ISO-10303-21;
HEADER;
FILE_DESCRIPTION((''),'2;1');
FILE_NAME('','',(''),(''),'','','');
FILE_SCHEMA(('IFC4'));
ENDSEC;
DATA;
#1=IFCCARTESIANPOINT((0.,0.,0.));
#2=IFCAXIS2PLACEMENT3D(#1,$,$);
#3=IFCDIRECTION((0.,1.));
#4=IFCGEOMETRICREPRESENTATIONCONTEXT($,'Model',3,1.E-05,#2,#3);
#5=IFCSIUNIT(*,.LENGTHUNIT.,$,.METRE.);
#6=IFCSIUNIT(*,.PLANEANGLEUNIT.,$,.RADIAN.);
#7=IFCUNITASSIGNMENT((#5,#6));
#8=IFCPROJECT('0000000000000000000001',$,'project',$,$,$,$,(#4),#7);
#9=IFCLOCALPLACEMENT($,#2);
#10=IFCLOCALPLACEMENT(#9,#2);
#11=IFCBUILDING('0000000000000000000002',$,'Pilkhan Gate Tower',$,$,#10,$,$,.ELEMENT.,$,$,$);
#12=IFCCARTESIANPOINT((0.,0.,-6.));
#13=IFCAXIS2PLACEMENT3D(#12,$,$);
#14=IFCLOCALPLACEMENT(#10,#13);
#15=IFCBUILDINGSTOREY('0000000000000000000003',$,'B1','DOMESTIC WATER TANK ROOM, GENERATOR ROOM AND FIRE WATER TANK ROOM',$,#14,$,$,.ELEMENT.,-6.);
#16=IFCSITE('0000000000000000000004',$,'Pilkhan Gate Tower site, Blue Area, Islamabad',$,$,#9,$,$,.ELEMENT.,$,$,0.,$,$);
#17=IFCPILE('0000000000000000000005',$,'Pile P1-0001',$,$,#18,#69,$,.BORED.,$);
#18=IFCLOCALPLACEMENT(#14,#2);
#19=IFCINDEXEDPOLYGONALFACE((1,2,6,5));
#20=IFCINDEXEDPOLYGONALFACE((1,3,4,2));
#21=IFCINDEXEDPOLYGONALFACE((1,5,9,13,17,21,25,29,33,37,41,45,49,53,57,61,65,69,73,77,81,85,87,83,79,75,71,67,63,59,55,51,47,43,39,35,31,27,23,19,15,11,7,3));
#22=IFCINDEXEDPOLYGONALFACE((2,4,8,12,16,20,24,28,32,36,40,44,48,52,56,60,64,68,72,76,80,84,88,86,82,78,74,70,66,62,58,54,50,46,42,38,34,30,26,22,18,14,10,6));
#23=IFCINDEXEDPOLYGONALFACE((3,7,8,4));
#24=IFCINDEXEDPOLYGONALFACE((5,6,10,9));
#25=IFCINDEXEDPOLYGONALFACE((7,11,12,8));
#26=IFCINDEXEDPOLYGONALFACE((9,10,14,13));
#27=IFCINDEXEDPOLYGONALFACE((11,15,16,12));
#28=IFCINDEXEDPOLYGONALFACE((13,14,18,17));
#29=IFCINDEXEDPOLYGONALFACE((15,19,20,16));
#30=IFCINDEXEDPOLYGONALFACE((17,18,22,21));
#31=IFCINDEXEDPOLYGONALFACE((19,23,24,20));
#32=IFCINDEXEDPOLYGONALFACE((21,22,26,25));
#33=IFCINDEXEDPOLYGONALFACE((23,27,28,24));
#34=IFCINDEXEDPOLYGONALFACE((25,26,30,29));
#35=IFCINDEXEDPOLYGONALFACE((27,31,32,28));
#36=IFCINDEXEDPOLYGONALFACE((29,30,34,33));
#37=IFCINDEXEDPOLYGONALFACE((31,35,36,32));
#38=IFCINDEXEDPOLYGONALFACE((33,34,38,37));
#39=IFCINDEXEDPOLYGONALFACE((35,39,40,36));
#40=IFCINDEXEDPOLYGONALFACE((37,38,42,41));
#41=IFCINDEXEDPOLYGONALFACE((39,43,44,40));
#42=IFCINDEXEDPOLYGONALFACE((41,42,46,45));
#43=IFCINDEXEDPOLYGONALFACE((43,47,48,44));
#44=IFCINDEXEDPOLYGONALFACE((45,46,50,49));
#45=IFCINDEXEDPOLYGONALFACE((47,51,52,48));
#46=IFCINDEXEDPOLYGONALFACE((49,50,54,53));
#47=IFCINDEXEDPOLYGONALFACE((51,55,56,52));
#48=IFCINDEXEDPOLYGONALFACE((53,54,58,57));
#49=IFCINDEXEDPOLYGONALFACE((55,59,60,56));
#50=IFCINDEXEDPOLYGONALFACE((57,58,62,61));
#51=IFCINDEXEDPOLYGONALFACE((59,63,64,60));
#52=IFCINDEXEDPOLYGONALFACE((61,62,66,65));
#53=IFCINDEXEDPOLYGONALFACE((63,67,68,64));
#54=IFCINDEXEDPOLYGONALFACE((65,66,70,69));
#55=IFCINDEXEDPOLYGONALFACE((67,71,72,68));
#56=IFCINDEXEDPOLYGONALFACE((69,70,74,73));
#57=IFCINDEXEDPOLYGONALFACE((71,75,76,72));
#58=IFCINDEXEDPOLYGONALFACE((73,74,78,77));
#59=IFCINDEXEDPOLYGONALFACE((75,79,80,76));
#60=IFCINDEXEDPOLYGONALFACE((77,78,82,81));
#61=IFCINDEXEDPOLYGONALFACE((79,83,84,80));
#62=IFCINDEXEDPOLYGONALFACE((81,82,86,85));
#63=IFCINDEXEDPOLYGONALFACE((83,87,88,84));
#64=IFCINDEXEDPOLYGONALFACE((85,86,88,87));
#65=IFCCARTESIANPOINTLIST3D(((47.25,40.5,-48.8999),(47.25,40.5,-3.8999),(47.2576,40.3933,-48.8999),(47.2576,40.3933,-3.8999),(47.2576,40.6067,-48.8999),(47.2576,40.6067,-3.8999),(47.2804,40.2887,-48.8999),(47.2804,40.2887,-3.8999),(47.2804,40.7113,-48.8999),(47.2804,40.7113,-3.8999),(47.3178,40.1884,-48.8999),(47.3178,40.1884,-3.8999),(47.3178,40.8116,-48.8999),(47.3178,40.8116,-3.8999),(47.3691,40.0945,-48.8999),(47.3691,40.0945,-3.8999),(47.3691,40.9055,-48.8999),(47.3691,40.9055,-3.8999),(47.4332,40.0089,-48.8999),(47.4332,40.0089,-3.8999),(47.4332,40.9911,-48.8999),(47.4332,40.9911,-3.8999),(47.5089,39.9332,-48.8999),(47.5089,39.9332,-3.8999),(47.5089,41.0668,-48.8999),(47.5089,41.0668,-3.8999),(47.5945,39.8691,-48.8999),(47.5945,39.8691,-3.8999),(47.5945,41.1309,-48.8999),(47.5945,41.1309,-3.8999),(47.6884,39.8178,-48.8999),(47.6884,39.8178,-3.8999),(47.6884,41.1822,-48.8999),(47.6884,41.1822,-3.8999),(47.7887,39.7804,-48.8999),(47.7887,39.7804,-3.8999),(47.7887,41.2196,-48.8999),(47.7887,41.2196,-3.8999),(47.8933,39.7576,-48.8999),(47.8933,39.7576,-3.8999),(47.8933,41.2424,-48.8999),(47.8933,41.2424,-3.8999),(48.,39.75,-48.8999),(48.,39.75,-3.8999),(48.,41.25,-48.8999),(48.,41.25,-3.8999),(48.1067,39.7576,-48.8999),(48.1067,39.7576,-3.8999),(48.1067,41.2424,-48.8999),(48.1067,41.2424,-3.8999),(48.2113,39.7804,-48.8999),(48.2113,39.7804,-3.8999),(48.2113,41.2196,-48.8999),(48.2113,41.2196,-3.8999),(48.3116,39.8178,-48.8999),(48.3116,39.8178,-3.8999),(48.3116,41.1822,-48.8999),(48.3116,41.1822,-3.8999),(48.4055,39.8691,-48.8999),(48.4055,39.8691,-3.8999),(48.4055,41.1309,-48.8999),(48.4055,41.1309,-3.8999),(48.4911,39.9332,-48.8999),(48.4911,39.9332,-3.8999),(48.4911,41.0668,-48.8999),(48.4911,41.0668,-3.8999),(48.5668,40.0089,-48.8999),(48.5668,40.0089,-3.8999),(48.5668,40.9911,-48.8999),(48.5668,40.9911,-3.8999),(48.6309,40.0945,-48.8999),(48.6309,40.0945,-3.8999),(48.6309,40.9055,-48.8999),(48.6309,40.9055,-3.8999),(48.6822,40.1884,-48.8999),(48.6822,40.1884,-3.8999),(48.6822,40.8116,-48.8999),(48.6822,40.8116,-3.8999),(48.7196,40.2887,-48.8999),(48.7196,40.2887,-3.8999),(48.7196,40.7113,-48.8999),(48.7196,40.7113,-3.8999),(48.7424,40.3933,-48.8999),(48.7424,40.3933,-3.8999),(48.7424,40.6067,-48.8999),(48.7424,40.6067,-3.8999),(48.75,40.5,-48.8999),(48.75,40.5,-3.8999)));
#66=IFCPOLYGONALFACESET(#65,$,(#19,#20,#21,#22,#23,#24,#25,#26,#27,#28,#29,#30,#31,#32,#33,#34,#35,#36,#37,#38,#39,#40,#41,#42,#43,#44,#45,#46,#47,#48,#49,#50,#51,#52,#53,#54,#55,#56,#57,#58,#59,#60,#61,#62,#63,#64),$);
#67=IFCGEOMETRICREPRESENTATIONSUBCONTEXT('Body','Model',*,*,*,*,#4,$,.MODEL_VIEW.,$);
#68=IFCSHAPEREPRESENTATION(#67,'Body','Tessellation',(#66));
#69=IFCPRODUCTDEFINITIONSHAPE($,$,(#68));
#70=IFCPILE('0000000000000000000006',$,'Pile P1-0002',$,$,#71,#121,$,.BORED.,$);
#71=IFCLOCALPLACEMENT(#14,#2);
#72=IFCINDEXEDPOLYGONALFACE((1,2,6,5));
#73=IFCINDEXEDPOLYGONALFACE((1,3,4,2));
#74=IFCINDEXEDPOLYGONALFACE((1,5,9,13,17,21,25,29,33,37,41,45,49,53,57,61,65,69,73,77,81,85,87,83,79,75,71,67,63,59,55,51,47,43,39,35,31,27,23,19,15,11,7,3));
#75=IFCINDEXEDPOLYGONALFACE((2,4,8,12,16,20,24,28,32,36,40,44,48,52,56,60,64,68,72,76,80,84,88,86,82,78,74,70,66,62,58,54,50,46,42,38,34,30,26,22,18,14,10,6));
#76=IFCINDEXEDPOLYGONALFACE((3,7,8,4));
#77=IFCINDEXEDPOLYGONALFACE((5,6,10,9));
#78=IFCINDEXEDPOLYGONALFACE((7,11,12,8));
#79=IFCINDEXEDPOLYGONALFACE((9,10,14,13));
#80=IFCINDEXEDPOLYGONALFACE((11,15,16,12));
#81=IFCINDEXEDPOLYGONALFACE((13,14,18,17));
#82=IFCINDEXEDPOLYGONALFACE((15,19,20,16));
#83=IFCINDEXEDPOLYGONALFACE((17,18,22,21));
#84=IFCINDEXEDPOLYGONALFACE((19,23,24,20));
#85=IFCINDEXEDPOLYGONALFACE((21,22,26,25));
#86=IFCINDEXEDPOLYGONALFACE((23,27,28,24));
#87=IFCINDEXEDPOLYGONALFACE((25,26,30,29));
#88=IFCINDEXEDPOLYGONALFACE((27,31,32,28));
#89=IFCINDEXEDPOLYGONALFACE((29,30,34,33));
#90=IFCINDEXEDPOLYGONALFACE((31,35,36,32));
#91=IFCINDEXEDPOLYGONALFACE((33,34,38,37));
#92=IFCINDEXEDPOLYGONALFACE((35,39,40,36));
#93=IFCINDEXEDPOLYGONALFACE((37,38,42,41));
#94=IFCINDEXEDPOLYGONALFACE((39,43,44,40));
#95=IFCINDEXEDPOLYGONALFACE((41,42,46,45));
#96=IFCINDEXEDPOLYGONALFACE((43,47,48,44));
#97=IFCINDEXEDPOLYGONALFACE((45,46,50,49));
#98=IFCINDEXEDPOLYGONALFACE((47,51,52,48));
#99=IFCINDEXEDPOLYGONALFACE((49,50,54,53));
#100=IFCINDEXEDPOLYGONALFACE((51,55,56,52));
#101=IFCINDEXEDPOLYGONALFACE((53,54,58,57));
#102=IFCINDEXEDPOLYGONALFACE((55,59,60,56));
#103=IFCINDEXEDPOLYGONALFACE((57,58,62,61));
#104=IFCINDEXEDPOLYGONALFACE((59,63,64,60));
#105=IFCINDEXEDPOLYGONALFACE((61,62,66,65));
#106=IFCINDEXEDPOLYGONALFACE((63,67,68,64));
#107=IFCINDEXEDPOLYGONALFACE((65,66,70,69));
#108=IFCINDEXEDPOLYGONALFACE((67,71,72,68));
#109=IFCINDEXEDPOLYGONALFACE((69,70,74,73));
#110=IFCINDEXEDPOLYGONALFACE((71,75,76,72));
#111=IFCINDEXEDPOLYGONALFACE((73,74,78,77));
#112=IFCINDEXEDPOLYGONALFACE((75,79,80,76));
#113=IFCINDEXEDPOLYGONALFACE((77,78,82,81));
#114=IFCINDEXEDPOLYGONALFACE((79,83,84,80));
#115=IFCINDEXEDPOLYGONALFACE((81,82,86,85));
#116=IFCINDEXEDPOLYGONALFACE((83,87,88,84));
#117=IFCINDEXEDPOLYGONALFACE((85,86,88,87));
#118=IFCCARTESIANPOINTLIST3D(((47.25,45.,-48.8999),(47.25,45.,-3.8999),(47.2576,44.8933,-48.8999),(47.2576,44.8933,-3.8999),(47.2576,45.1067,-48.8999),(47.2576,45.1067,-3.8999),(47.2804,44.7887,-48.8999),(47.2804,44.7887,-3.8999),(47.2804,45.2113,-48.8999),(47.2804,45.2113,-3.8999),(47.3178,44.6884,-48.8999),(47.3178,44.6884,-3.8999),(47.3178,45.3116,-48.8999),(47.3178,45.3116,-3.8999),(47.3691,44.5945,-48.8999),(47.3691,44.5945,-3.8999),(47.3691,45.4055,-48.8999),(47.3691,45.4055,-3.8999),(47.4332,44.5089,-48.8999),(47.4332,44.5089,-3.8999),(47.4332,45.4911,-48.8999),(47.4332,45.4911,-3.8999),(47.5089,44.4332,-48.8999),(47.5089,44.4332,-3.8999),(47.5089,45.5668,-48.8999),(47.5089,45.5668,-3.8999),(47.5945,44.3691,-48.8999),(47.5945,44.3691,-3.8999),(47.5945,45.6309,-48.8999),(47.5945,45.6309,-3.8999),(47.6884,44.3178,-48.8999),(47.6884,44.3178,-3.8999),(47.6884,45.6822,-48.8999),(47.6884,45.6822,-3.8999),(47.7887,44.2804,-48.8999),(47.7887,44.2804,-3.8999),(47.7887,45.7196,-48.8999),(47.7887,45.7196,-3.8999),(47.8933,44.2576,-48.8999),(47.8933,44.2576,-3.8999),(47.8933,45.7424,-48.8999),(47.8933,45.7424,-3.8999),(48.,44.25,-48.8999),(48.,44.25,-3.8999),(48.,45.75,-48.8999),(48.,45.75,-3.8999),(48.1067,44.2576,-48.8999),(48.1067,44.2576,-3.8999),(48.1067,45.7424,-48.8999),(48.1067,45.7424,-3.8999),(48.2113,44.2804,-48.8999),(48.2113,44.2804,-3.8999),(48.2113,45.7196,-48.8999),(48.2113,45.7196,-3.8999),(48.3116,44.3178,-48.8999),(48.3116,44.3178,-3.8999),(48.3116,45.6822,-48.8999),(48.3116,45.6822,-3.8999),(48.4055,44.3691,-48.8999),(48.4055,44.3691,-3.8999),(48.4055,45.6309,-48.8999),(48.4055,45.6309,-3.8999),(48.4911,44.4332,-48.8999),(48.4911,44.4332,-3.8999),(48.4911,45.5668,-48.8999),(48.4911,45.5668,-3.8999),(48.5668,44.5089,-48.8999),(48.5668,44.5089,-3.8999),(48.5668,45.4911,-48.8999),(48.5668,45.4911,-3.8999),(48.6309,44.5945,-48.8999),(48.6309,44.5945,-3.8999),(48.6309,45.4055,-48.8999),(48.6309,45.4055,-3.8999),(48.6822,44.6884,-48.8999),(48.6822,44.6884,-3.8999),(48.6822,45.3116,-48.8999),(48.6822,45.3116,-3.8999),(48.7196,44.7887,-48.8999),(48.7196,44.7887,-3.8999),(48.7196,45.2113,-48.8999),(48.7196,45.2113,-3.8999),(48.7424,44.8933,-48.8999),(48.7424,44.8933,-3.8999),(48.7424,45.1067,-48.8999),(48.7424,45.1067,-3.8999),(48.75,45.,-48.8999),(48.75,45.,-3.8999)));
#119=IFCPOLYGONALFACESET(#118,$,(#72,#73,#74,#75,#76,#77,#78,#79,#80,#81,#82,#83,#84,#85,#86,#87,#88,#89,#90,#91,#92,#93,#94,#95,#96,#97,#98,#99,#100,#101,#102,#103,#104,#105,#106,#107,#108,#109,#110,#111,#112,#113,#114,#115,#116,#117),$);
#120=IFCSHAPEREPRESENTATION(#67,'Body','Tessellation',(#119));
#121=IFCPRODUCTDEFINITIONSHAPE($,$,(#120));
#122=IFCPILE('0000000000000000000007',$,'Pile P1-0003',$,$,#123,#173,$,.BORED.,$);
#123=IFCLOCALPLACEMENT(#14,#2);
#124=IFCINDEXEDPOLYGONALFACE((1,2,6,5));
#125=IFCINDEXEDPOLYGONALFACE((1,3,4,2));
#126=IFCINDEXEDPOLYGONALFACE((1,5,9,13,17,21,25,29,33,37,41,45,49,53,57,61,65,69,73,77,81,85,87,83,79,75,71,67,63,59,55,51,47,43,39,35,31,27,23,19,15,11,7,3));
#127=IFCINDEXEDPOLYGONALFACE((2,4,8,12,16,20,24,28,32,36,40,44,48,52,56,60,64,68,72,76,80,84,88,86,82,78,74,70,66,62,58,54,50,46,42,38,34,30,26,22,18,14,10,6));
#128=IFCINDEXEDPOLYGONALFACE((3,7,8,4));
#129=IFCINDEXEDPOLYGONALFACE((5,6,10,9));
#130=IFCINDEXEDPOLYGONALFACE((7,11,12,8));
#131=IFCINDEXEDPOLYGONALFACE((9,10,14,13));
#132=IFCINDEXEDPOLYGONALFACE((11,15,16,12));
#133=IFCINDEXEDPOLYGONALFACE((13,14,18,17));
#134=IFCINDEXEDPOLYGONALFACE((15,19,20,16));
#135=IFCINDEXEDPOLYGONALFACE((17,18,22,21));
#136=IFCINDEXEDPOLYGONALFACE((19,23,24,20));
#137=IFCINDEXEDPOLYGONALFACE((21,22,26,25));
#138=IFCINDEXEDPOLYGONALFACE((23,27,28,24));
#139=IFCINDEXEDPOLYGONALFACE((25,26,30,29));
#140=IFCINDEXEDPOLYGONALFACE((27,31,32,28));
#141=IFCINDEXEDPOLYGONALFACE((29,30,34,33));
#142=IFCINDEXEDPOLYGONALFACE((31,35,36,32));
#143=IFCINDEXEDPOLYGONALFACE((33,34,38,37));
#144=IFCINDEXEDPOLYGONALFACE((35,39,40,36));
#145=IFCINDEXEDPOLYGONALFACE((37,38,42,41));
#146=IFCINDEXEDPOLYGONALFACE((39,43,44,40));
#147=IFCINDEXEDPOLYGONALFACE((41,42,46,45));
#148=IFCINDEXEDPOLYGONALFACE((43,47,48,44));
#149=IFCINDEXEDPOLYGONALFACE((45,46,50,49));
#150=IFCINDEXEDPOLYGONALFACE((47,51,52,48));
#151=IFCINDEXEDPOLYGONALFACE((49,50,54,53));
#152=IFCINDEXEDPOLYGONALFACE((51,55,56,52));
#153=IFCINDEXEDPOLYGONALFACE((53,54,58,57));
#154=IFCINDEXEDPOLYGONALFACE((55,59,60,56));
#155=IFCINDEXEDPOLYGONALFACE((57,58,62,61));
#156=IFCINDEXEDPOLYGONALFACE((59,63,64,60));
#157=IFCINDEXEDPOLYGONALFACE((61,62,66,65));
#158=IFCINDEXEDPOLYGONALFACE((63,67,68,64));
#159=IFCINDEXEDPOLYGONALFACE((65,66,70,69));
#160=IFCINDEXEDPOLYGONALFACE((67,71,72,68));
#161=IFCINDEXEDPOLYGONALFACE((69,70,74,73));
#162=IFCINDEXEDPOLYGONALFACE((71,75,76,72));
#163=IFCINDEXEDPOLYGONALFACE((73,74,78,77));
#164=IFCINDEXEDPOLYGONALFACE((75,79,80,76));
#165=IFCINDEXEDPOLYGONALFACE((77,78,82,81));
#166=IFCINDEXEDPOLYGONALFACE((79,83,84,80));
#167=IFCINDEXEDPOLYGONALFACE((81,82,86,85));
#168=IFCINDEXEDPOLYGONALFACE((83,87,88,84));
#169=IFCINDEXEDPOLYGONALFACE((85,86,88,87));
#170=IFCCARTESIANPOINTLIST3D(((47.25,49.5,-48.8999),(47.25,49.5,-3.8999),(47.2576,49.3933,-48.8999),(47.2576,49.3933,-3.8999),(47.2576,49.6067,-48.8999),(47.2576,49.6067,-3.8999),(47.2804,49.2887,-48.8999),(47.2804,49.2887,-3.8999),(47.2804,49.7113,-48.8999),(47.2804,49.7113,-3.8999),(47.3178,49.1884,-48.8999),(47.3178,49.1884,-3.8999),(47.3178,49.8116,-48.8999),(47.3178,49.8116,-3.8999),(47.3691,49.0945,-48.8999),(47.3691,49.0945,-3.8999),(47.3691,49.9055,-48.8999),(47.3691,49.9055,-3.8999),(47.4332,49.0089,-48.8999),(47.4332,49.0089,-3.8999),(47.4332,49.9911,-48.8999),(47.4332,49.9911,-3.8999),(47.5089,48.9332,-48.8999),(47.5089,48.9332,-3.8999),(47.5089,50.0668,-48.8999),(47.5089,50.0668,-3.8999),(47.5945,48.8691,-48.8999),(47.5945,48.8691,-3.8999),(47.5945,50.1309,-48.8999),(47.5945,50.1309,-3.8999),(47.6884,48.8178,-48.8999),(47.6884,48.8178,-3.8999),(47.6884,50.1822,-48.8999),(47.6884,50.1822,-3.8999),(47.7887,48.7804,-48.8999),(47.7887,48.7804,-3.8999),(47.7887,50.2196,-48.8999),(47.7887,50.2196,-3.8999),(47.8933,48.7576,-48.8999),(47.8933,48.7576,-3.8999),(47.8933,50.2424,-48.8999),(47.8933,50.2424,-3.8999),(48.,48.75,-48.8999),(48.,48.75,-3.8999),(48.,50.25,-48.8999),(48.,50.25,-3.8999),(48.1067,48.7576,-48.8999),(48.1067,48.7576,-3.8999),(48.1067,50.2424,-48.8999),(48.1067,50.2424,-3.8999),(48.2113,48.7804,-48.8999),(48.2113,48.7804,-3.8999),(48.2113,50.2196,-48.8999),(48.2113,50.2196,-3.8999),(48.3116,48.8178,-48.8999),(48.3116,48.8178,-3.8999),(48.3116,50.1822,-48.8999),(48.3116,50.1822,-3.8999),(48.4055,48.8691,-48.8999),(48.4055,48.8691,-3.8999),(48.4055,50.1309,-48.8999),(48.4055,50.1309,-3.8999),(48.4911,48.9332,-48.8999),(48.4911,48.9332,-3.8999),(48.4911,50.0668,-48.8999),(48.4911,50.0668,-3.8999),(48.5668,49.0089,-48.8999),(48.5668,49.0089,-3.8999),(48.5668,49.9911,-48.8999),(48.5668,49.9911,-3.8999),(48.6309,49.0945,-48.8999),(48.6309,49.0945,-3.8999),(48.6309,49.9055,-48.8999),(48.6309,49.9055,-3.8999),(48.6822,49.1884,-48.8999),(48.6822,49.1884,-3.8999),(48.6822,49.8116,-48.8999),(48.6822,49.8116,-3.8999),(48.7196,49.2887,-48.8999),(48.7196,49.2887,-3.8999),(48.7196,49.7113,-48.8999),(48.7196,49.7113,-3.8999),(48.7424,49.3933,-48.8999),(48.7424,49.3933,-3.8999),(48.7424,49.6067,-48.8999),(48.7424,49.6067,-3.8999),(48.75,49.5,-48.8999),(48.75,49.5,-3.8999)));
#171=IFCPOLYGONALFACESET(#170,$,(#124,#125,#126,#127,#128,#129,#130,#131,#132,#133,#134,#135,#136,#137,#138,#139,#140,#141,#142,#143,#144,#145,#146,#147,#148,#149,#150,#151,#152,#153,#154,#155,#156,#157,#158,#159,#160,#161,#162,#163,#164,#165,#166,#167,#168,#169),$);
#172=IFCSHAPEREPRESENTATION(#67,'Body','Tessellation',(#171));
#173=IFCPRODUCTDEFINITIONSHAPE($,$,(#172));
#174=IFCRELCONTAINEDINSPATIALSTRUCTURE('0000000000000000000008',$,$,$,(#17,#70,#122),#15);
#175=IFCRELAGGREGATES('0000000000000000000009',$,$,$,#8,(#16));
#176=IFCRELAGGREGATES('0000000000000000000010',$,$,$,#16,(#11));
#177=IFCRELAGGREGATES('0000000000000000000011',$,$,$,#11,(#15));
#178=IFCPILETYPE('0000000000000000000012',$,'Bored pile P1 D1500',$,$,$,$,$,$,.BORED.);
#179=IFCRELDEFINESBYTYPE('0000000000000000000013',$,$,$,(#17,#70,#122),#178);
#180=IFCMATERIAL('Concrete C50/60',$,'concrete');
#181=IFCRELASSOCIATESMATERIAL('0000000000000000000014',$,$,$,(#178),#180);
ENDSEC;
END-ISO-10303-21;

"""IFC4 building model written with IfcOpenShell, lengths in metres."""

from ifc_helpers import new_model, si_unit, direction, frame, origin, origin_2d, place, context, subcontext, project, spatial, circle, extrude, material, material_profile, profile_set, type_object, element, save


model = new_model("IFC4")

# Units and contexts
model_context = context("Model", 3, precision=1e-05, world=origin(), true_north=direction((0.0, 1.0)))
body_context = subcontext(model_context, "Body", "Model", "MODEL_VIEW")
ifc_project = project(units=[si_unit("LENGTHUNIT", "METRE"), si_unit("PLANEANGLEUNIT", "RADIAN")], contexts=[model_context])

# Site, building, storey
site_placement = place(None, origin())
site = spatial("IfcSite", under=ifc_project, at=site_placement, Name="Pilkhan Gate Tower site, Blue Area, Islamabad", CompositionType="ELEMENT", RefElevation=0.0)
building_placement = place(site_placement, origin())
building = spatial("IfcBuilding", under=site, at=building_placement, Name="Pilkhan Gate Tower", CompositionType="ELEMENT")
storey_placement = place(building_placement, frame((0.0, 0.0, -6.0)))
storey = spatial("IfcBuildingStorey", under=building, at=storey_placement, Name="B1", Description="DOMESTIC WATER TANK ROOM, GENERATOR ROOM AND FIRE WATER TANK ROOM", CompositionType="ELEMENT", Elevation=-6.0)

# Piles
ifc_material_1 = material(Name="Concrete C50/60", Category="concrete")
ifc_material_profile_1 = material_profile(ifc_material_1, circle(Radius=0.75, at=origin_2d()), Name="Bored pile 1500 dia")
ifc_profile_set_1 = profile_set([ifc_material_profile_1], Name="Concrete C50/60")
pile_type = type_object("IfcPileType", Name="Bored pile P1 D1500", PredefinedType="BORED", material=ifc_profile_set_1)
for number, where, z_axis, x_axis, name in (
    (1, (48.0, 40.5, -3.8999), (0.0, 0.0, -1.0), (1.0, 0.0, 0.0), "Pile P1-0001"),
    (2, (48.0, 45.0, -3.8999), (0.0, 0.0, -1.0), (1.0, 0.0, 0.0), "Pile P1-0002"),
    (3, (48.0, 49.5, -3.8999), (0.0, 0.0, -1.0), (1.0, 0.0, 0.0), "Pile P1-0003"),
):
    element("IfcPile", number, at=place(storey_placement, frame(where, z_axis=z_axis, x_axis=x_axis)), inside=storey, type_object=pile_type, Name=name, PredefinedType="BORED", context=body_context, shape_type="SweptSolid", body=[
        extrude(circle(Radius=0.75, at=origin_2d()), origin(), (0.0, 0.0, 1.0), 45.0),
    ])

save(model, "model.ifc")
